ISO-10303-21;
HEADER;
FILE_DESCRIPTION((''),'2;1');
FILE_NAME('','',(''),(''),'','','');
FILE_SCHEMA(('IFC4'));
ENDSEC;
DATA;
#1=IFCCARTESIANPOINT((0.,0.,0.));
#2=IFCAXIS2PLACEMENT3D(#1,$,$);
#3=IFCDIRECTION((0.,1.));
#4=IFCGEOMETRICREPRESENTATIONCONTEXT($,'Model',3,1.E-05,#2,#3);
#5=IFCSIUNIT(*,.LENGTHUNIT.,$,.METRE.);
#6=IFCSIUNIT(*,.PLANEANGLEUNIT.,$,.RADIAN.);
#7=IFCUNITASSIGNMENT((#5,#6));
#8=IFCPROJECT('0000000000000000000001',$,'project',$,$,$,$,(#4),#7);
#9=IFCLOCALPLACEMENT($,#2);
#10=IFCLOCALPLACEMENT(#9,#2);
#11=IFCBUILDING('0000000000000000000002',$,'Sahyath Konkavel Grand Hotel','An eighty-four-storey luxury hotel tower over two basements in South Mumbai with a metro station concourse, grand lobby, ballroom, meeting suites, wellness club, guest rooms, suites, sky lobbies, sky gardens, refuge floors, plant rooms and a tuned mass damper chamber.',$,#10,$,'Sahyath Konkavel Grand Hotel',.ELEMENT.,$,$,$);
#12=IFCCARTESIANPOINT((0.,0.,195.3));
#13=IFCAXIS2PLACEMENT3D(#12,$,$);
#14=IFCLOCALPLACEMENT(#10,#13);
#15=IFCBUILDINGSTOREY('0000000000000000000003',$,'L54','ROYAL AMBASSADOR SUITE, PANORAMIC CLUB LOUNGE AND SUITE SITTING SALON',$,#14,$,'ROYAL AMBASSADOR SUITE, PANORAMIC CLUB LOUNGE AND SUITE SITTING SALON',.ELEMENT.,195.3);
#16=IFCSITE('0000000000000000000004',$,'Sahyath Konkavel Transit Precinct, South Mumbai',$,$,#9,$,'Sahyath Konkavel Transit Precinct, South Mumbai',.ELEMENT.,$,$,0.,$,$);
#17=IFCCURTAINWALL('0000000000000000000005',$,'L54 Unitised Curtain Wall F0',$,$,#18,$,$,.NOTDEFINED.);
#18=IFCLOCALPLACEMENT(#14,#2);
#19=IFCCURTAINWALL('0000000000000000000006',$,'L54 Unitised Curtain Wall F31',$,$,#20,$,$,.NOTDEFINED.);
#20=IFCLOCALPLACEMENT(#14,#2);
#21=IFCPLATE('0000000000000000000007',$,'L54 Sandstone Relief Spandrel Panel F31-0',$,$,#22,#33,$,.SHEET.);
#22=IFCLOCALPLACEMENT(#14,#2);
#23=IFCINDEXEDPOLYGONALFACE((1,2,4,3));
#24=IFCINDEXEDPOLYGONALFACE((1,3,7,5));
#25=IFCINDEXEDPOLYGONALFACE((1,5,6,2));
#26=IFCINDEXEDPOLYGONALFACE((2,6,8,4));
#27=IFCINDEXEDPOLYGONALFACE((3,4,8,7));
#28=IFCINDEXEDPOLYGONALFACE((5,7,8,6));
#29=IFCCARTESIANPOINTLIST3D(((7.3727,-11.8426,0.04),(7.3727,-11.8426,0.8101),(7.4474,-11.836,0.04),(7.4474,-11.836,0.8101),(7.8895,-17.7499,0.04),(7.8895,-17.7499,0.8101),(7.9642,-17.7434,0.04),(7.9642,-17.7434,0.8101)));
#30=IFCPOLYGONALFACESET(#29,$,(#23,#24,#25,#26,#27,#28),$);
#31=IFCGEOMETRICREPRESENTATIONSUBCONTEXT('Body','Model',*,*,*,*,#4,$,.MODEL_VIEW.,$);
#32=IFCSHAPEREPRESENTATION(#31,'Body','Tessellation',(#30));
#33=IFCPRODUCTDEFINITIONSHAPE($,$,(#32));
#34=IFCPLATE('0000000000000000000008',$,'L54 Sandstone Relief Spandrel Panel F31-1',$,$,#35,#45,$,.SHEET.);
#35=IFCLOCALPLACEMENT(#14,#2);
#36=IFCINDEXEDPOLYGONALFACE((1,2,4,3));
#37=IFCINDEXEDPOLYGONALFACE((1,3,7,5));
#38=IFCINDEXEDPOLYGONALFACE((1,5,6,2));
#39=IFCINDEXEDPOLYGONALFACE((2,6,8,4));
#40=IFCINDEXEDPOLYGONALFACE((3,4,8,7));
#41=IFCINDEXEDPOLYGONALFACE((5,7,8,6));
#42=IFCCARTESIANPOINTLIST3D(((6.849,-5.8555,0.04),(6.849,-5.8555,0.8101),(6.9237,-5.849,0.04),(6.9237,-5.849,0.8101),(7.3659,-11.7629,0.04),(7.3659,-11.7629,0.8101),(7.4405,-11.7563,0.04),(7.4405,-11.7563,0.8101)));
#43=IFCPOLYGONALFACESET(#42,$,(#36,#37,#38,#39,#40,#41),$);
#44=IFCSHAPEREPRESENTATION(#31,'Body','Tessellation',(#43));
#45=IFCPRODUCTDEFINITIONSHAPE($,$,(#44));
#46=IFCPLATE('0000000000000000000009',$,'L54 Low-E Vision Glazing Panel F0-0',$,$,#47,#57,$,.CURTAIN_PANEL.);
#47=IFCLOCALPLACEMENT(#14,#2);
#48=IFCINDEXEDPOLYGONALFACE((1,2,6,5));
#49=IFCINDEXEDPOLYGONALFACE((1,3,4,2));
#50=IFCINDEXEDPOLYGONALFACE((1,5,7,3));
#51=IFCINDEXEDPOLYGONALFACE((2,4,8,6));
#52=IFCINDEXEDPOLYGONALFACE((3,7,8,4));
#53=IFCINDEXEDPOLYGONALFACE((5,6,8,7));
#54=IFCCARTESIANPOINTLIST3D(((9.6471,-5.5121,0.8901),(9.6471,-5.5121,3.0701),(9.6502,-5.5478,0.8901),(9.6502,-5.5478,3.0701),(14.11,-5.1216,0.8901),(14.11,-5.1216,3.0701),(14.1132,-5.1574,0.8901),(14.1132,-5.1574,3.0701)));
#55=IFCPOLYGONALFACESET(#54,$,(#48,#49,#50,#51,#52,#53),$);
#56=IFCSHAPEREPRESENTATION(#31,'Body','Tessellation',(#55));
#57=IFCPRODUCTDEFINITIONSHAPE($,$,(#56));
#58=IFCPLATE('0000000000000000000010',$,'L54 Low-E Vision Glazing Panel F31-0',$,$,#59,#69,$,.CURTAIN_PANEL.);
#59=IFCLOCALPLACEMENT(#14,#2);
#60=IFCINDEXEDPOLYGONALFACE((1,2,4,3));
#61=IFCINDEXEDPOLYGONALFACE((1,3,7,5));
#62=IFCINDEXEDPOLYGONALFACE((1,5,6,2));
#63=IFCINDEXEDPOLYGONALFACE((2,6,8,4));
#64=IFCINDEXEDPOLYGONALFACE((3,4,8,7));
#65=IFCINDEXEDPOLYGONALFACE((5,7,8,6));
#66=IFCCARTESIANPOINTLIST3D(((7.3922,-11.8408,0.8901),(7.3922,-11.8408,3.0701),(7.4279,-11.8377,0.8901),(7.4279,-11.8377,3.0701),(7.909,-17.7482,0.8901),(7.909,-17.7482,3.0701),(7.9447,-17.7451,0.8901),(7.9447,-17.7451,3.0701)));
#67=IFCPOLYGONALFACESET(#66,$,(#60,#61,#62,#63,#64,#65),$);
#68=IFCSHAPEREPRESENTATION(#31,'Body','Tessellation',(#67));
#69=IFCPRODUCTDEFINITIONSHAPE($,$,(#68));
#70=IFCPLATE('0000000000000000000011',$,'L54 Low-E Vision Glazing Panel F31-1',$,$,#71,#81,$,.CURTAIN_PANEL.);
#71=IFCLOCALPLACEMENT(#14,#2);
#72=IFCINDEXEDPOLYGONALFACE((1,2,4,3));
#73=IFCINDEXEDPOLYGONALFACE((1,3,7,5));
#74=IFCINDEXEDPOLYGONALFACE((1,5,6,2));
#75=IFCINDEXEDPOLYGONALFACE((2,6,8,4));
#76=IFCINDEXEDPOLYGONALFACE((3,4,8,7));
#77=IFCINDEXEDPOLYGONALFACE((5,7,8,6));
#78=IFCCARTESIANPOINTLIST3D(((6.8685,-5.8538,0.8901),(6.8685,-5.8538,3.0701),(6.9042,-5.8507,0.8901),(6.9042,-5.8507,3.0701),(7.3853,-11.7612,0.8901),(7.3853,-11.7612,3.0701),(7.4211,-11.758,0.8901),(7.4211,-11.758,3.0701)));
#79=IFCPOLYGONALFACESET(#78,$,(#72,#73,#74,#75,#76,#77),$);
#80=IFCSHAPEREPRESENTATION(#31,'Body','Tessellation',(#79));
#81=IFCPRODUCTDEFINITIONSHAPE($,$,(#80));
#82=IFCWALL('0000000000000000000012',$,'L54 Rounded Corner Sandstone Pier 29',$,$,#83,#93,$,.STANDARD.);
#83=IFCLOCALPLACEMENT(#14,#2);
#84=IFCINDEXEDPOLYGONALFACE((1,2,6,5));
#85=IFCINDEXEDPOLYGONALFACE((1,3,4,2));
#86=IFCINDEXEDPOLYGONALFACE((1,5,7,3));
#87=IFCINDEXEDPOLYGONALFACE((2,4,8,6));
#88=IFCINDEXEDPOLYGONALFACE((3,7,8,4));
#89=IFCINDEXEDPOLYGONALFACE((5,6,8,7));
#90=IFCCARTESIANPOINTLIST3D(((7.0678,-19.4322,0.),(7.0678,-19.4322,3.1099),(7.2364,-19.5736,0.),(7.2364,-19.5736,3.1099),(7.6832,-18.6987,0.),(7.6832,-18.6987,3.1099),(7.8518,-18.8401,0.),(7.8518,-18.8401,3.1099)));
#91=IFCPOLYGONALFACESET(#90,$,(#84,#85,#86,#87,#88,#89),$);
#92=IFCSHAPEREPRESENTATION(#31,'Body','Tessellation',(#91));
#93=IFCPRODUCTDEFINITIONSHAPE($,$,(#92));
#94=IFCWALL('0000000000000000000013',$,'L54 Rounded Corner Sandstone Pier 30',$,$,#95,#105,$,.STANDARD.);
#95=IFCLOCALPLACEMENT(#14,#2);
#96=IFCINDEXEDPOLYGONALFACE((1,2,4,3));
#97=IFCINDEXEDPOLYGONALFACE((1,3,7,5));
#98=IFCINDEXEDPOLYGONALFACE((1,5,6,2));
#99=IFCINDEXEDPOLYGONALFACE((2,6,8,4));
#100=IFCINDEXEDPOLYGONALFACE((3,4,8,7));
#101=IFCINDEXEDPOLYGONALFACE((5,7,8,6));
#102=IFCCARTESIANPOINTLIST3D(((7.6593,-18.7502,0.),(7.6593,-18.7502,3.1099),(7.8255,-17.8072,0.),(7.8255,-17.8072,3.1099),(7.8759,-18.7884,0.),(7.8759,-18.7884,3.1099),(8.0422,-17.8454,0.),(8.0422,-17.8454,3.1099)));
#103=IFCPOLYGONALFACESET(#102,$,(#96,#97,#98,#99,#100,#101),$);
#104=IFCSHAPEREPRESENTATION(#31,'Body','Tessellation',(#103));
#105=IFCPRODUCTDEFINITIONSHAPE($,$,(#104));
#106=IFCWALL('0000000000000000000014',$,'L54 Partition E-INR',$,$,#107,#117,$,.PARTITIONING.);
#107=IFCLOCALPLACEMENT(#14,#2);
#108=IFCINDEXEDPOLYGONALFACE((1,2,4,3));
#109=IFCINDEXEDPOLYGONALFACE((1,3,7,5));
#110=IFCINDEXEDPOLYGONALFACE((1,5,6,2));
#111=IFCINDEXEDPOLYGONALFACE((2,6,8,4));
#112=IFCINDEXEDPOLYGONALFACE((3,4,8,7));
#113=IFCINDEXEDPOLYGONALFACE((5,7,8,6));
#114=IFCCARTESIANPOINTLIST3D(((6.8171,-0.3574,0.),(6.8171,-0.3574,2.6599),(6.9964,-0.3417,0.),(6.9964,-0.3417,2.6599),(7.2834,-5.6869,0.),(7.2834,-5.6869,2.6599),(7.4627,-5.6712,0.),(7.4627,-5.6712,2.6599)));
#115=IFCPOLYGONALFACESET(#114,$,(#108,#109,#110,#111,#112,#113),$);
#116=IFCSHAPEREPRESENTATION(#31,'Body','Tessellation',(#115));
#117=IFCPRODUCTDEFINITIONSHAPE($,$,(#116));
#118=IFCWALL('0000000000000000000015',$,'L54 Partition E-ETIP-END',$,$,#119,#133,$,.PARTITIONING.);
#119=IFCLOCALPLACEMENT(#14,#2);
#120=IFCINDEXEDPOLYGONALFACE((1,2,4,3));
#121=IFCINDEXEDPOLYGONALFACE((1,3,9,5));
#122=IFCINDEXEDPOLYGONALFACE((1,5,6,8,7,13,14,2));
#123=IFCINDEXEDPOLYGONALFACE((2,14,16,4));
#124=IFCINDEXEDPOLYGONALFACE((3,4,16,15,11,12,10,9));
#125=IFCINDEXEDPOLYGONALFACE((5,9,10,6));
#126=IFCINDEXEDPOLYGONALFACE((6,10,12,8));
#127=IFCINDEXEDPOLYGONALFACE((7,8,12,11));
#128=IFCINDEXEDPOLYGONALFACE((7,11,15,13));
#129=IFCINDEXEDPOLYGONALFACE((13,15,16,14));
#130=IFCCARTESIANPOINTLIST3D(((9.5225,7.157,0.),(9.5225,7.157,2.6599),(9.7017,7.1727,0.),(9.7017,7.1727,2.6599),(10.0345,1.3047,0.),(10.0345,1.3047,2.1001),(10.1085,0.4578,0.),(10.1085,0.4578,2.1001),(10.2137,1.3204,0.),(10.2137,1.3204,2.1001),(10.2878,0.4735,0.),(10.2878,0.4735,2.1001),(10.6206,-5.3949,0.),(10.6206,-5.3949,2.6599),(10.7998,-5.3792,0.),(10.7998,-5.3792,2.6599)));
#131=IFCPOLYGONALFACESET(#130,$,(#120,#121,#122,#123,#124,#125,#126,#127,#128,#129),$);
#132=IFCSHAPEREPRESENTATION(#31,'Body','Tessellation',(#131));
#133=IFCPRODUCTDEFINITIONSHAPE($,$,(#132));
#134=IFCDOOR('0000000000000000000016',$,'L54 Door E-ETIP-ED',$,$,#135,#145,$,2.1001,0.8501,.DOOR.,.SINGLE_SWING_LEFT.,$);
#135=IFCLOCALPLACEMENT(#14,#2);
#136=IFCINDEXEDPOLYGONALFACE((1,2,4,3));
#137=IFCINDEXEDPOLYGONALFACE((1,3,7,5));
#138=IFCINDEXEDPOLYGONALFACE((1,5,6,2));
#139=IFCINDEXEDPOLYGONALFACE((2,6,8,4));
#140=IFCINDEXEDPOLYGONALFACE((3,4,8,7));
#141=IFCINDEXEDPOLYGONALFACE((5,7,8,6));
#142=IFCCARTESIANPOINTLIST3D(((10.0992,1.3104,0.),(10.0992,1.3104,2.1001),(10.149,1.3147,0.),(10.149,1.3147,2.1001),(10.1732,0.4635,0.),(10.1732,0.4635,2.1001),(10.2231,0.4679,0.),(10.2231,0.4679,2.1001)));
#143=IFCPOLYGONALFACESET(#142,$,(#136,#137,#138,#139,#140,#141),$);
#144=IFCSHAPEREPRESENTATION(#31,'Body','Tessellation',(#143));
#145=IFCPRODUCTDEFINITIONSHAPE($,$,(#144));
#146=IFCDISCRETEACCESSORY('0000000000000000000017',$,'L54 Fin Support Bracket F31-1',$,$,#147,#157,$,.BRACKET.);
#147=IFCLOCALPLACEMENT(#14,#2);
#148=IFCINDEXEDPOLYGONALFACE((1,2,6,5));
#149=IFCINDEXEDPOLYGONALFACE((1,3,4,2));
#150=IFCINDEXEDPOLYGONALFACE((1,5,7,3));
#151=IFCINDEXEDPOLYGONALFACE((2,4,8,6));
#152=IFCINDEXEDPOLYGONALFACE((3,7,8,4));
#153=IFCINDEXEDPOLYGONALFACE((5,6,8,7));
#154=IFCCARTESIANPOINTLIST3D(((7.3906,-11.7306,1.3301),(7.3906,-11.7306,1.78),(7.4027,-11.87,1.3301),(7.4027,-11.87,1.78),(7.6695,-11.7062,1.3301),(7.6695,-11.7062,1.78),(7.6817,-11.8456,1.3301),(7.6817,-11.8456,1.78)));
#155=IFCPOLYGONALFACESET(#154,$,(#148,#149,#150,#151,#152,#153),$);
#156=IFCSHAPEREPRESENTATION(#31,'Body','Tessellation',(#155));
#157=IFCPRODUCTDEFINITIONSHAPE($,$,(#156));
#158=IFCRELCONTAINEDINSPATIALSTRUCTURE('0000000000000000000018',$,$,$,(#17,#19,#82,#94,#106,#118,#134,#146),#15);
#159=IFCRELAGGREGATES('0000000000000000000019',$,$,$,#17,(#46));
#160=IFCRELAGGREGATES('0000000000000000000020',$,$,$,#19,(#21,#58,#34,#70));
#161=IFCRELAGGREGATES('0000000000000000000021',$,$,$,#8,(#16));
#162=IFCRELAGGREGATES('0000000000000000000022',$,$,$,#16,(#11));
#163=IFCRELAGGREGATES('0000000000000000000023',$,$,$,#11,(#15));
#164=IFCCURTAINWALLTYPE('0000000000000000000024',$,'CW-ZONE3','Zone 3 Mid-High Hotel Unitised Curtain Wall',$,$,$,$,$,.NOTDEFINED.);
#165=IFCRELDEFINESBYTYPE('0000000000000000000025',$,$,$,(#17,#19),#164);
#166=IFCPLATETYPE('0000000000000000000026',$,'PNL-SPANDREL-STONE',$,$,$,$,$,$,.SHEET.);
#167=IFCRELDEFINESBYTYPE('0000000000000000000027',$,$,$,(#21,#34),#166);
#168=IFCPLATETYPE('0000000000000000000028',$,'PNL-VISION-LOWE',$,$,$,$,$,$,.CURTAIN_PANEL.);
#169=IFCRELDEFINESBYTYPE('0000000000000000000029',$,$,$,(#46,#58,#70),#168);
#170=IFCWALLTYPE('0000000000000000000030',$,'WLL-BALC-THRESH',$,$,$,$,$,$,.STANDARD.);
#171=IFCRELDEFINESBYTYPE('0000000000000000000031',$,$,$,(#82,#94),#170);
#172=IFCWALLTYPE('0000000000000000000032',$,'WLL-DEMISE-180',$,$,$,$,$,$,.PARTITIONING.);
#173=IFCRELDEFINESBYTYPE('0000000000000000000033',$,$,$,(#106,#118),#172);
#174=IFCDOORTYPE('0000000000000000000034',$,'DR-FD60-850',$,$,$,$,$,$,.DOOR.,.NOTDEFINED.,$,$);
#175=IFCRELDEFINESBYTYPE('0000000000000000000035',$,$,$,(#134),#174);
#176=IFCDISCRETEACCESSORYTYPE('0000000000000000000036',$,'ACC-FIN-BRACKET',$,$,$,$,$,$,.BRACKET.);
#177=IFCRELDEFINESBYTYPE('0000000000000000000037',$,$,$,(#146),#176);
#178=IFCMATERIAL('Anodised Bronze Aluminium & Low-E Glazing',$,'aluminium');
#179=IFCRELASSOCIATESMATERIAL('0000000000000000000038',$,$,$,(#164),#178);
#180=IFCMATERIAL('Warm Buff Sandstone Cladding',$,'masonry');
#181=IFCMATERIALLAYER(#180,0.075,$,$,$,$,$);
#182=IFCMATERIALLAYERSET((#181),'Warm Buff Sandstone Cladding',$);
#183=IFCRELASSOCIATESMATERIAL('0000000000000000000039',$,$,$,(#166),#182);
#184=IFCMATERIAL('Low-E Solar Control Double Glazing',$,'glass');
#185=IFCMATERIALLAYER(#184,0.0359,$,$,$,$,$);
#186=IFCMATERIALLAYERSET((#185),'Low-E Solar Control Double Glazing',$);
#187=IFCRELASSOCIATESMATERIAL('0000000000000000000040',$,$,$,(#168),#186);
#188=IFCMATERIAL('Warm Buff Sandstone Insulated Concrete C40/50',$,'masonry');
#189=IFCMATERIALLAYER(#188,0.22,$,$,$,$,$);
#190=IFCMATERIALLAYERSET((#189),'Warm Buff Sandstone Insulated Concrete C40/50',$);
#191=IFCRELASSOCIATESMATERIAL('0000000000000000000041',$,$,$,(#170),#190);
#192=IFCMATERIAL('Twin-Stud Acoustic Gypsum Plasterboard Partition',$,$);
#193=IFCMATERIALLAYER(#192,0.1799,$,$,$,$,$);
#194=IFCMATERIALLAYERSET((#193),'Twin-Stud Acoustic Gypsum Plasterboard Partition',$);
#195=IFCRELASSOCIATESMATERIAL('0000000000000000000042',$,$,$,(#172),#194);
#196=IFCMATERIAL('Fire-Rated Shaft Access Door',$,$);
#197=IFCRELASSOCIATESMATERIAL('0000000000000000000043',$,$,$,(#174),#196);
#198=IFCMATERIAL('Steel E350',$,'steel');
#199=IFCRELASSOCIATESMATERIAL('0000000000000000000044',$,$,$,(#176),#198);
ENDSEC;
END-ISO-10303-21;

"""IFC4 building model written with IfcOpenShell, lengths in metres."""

from ifc_helpers import new_model, si_unit, direction, frame, frame_2d, origin, origin_2d, place, context, subcontext, project, spatial, rectangle, extrude, source, transform, mapped, material, layer, layer_set, type_object, element, fill, aggregate, save


model = new_model("IFC4")

# Units and contexts
model_context = context("Model", 3, precision=1e-05, world=origin(), true_north=direction((0.0, 1.0)))
body_context = subcontext(model_context, "Body", "Model", "MODEL_VIEW")
ifc_project = project(units=[si_unit("LENGTHUNIT", "METRE"), si_unit("PLANEANGLEUNIT", "RADIAN")], contexts=[model_context])

# Site, building, storey
site_placement = place(None, origin())
site = spatial("IfcSite", under=ifc_project, at=site_placement, Name="Sahyath Konkavel Transit Precinct, South Mumbai", LongName="Sahyath Konkavel Transit Precinct, South Mumbai", CompositionType="ELEMENT", RefElevation=0.0)
building_placement = place(site_placement, origin())
building = spatial("IfcBuilding", under=site, at=building_placement, Name="Sahyath Konkavel Grand Hotel", Description="An eighty-four-storey luxury hotel tower over two basements in South Mumbai with a metro station concourse, grand lobby, ballroom, meeting suites, wellness club, guest rooms, suites, sky lobbies, sky gardens, refuge floors, plant rooms and a tuned mass damper chamber.", LongName="Sahyath Konkavel Grand Hotel", CompositionType="ELEMENT")
storey_placement = place(building_placement, frame((0.0, 0.0, 195.3)))
storey = spatial("IfcBuildingStorey", under=building, at=storey_placement, Name="L54", Description="ROYAL AMBASSADOR SUITE, PANORAMIC CLUB LOUNGE AND SUITE SITTING SALON", LongName="ROYAL AMBASSADOR SUITE, PANORAMIC CLUB LOUNGE AND SUITE SITTING SALON", CompositionType="ELEMENT", Elevation=195.3)

# Curtain wall
ifc_material_1 = material(Name="Anodised Bronze Aluminium & Low-E Glazing", Category="aluminium")
curtain_wall_type = type_object("IfcCurtainWallType", Name="CW-ZONE3", Description="Zone 3 Mid-High Hotel Unitised Curtain Wall", PredefinedType="NOTDEFINED", material=ifc_material_1)
curtain_wall_1_placement = place(storey_placement, origin())
curtain_wall_1 = element("IfcCurtainWall", 1, at=curtain_wall_1_placement, inside=storey, type_object=curtain_wall_type, Name="L54 Unitised Curtain Wall F0", PredefinedType="NOTDEFINED")

# Curtain wall
curtain_wall_2_placement = place(storey_placement, origin())
curtain_wall_2 = element("IfcCurtainWall", 2, at=curtain_wall_2_placement, inside=storey, type_object=curtain_wall_type, Name="L54 Unitised Curtain Wall F31", PredefinedType="NOTDEFINED")

# Plates
ifc_material_2 = material(Name="Warm Buff Sandstone Cladding", Category="masonry")
ifc_layer_1 = layer(ifc_material_2, 0.075)
ifc_layer_set_1 = layer_set([ifc_layer_1], Name="Warm Buff Sandstone Cladding")
plate_type_1 = type_object("IfcPlateType", Name="PNL-SPANDREL-STONE", PredefinedType="SHEET", material=ifc_layer_set_1)
shared_shape_1 = source(origin(), body_context, "Body", "SweptSolid", [
    extrude(rectangle(XDim=5.9299, YDim=0.075, at=origin_2d()), origin(), (0.0, 0.0, 1.0), 0.77),
])
plate_1_placement = place(storey_placement, frame((7.6685, -14.793, 0.04), z_axis=(0.0, 0.0, 1.0), x_axis=(-0.087156, 0.996195, 0.0)))
plate_1 = element("IfcPlate", 3, at=plate_1_placement, type_object=plate_type_1, Name="L54 Sandstone Relief Spandrel Panel F31-0", PredefinedType="SHEET", context=body_context, shape_type="MappedRepresentation", body=[
    mapped(shared_shape_1, transform((0.0, 0.0, 0.0), scale=1.0)),
])
plate_2_placement = place(storey_placement, frame((7.1448, -8.8059, 0.04), z_axis=(0.0, 0.0, 1.0), x_axis=(-0.087156, 0.996195, 0.0)))
plate_2 = element("IfcPlate", 4, at=plate_2_placement, type_object=plate_type_1, Name="L54 Sandstone Relief Spandrel Panel F31-1", PredefinedType="SHEET", context=body_context, shape_type="MappedRepresentation", body=[
    mapped(shared_shape_1, transform((0.0, 0.0, 0.0), scale=1.0)),
])
ifc_material_3 = material(Name="Low-E Solar Control Double Glazing", Category="glass")
ifc_layer_2 = layer(ifc_material_3, 0.0359)
ifc_layer_set_2 = layer_set([ifc_layer_2], Name="Low-E Solar Control Double Glazing")
plate_type_2 = type_object("IfcPlateType", Name="PNL-VISION-LOWE", PredefinedType="CURTAIN_PANEL", material=ifc_layer_set_2)
shared_shape_2 = source(origin(), body_context, "Body", "SweptSolid", [
    extrude(rectangle(XDim=4.48, YDim=0.0359, at=origin_2d()), origin(), (0.0, 0.0, 1.0), 2.1799),
])
plate_3_placement = place(storey_placement, frame((11.8801, -5.3347, 0.8901), z_axis=(0.0, 0.0, 1.0), x_axis=(0.996195, 0.087156, 0.0)))
plate_3 = element("IfcPlate", 5, at=plate_3_placement, type_object=plate_type_2, Name="L54 Low-E Vision Glazing Panel F0-0", PredefinedType="CURTAIN_PANEL", context=body_context, shape_type="MappedRepresentation", body=[
    mapped(shared_shape_2, transform((0.0, 0.0, 0.0), scale=1.0)),
])
aggregate(curtain_wall_1, [plate_3])
shared_shape_3 = source(origin(), body_context, "Body", "SweptSolid", [
    extrude(rectangle(XDim=5.9299, YDim=0.0359, at=origin_2d()), origin(), (0.0, 0.0, 1.0), 2.1799),
])
plate_4_placement = place(storey_placement, frame((7.6685, -14.793, 0.8901), z_axis=(0.0, 0.0, 1.0), x_axis=(-0.087156, 0.996195, 0.0)))
plate_4 = element("IfcPlate", 6, at=plate_4_placement, type_object=plate_type_2, Name="L54 Low-E Vision Glazing Panel F31-0", PredefinedType="CURTAIN_PANEL", context=body_context, shape_type="MappedRepresentation", body=[
    mapped(shared_shape_3, transform((0.0, 0.0, 0.0), scale=1.0)),
])
plate_5_placement = place(storey_placement, frame((7.1448, -8.8059, 0.8901), z_axis=(0.0, 0.0, 1.0), x_axis=(-0.087156, 0.996195, 0.0)))
plate_5 = element("IfcPlate", 7, at=plate_5_placement, type_object=plate_type_2, Name="L54 Low-E Vision Glazing Panel F31-1", PredefinedType="CURTAIN_PANEL", context=body_context, shape_type="MappedRepresentation", body=[
    mapped(shared_shape_3, transform((0.0, 0.0, 0.0), scale=1.0)),
])
aggregate(curtain_wall_2, [plate_1, plate_4, plate_2, plate_5])

# Walls
ifc_material_4 = material(Name="Warm Buff Sandstone Insulated Concrete C40/50", Category="masonry")
ifc_layer_3 = layer(ifc_material_4, 0.22)
ifc_layer_set_3 = layer_set([ifc_layer_3], Name="Warm Buff Sandstone Insulated Concrete C40/50")
wall_type_1 = type_object("IfcWallType", Name="WLL-BALC-THRESH", PredefinedType="STANDARD", material=ifc_layer_set_3)
for number, where, z_axis, x_axis, name in (
    (8, (7.1521, -19.5029, 0.0), (0.0, 0.0, 1.0), (0.642714, 0.766107, 0.0), "L54 Rounded Corner Sandstone Pier 29"),
    (9, (7.7676, -18.7693, 0.0), (0.0, 0.0, 1.0), (0.173654, 0.984807, 0.0), "L54 Rounded Corner Sandstone Pier 30"),
):
    element("IfcWall", number, at=place(storey_placement, frame(where, z_axis=z_axis, x_axis=x_axis)), inside=storey, type_object=wall_type_1, Name=name, PredefinedType="STANDARD", context=body_context, shape_type="SweptSolid", body=[
        extrude(rectangle(XDim=0.9575, YDim=0.22, at=frame_2d((0.4788, 0.0))), origin(), (0.0, 0.0, 1.0), 3.1099),
    ])
ifc_material_5 = material(Name="Twin-Stud Acoustic Gypsum Plasterboard Partition")
ifc_layer_4 = layer(ifc_material_5, 0.1799)
ifc_layer_set_4 = layer_set([ifc_layer_4], Name="Twin-Stud Acoustic Gypsum Plasterboard Partition")
wall_type_2 = type_object("IfcWallType", Name="WLL-DEMISE-180", PredefinedType="PARTITIONING", material=ifc_layer_set_4)
wall_1_placement = place(storey_placement, frame((7.373, -5.679, 0.0), z_axis=(0.0, 0.0, 1.0), x_axis=(-0.087161, 0.996194, 0.0)))
element("IfcWall", 10, at=wall_1_placement, inside=storey, type_object=wall_type_2, Name="L54 Partition E-INR", PredefinedType="PARTITIONING", context=body_context, shape_type="SweptSolid", body=[
    extrude(rectangle(XDim=5.3499, YDim=0.1799, at=frame_2d((2.6748, 0.0))), origin(), (0.0, 0.0, 1.0), 2.6599),
])

# Wall, opening, door
wall_2_placement = place(storey_placement, frame((10.7102, -5.387, 0.0), z_axis=(0.0, 0.0, 1.0), x_axis=(-0.087155, 0.996195, 0.0)))
wall_2 = element("IfcWall", 11, at=wall_2_placement, inside=storey, type_object=wall_type_2, Name="L54 Partition E-ETIP-END", PredefinedType="PARTITIONING", context=body_context, shape_type="SweptSolid", body=[
    extrude(rectangle(XDim=12.5999, YDim=0.1799, at=frame_2d((6.2998, 0.0))), origin(), (0.0, 0.0, 1.0), 2.6599),
])
opening_placement = place(wall_2_placement, frame((5.875, 0.0, 0.0)))
opening = element("IfcOpeningElement", 12, at=opening_placement, cuts=wall_2, PredefinedType="OPENING", context=body_context, shape_type="SweptSolid", body=[
    extrude(rectangle(XDim=0.8501, YDim=2.1001, at=frame_2d((0.425, 1.05))), frame((0.0, 0.1001, 0.0), z_axis=(0.0, -1.0, 0.0), x_axis=(1.0, 0.0, 0.0)), (0.0, 0.0, 1.0), 0.2),
])
ifc_material_6 = material(Name="Fire-Rated Shaft Access Door")
door_type = type_object("IfcDoorType", Name="DR-FD60-850", OperationType="NOTDEFINED", PredefinedType="DOOR", material=ifc_material_6)
shared_shape_4 = source(origin(), body_context, "Body", "SweptSolid", [
    extrude(rectangle(XDim=0.8501, YDim=0.05, at=origin_2d()), origin(), (0.0, 0.0, 1.0), 2.1001),
])
door_placement = place(opening_placement, frame((0.425, 0.0, 0.0)))
door = element("IfcDoor", 13, at=door_placement, inside=storey, type_object=door_type, Name="L54 Door E-ETIP-ED", OperationType="SINGLE_SWING_LEFT", OverallHeight=2.1001, OverallWidth=0.8501, PredefinedType="DOOR", context=body_context, shape_type="MappedRepresentation", body=[
    mapped(shared_shape_4, transform((0.0, 0.0, 0.0), scale=1.0)),
])
fill(opening, door)

# Discrete accessory
ifc_material_7 = material(Name="Steel E350", Category="steel")
discrete_accessory_type = type_object("IfcDiscreteAccessoryType", Name="ACC-FIN-BRACKET", PredefinedType="BRACKET", material=ifc_material_7)
shared_shape_5 = source(origin(), body_context, "Body", "SweptSolid", [
    extrude(rectangle(XDim=0.28, YDim=0.1399, at=origin_2d()), origin(), (0.0, 0.0, 1.0), 0.45),
])
discrete_accessory_placement = place(storey_placement, frame((7.5361, -11.7881, 1.3301), z_axis=(0.0, 0.0, 1.0), x_axis=(0.996195, 0.087156, 0.0)))
element("IfcDiscreteAccessory", 14, at=discrete_accessory_placement, inside=storey, type_object=discrete_accessory_type, Name="L54 Fin Support Bracket F31-1", PredefinedType="BRACKET", context=body_context, shape_type="MappedRepresentation", body=[
    mapped(shared_shape_5, transform((0.0, 0.0, 0.0), scale=1.0)),
])

save(model, "model.ifc")
